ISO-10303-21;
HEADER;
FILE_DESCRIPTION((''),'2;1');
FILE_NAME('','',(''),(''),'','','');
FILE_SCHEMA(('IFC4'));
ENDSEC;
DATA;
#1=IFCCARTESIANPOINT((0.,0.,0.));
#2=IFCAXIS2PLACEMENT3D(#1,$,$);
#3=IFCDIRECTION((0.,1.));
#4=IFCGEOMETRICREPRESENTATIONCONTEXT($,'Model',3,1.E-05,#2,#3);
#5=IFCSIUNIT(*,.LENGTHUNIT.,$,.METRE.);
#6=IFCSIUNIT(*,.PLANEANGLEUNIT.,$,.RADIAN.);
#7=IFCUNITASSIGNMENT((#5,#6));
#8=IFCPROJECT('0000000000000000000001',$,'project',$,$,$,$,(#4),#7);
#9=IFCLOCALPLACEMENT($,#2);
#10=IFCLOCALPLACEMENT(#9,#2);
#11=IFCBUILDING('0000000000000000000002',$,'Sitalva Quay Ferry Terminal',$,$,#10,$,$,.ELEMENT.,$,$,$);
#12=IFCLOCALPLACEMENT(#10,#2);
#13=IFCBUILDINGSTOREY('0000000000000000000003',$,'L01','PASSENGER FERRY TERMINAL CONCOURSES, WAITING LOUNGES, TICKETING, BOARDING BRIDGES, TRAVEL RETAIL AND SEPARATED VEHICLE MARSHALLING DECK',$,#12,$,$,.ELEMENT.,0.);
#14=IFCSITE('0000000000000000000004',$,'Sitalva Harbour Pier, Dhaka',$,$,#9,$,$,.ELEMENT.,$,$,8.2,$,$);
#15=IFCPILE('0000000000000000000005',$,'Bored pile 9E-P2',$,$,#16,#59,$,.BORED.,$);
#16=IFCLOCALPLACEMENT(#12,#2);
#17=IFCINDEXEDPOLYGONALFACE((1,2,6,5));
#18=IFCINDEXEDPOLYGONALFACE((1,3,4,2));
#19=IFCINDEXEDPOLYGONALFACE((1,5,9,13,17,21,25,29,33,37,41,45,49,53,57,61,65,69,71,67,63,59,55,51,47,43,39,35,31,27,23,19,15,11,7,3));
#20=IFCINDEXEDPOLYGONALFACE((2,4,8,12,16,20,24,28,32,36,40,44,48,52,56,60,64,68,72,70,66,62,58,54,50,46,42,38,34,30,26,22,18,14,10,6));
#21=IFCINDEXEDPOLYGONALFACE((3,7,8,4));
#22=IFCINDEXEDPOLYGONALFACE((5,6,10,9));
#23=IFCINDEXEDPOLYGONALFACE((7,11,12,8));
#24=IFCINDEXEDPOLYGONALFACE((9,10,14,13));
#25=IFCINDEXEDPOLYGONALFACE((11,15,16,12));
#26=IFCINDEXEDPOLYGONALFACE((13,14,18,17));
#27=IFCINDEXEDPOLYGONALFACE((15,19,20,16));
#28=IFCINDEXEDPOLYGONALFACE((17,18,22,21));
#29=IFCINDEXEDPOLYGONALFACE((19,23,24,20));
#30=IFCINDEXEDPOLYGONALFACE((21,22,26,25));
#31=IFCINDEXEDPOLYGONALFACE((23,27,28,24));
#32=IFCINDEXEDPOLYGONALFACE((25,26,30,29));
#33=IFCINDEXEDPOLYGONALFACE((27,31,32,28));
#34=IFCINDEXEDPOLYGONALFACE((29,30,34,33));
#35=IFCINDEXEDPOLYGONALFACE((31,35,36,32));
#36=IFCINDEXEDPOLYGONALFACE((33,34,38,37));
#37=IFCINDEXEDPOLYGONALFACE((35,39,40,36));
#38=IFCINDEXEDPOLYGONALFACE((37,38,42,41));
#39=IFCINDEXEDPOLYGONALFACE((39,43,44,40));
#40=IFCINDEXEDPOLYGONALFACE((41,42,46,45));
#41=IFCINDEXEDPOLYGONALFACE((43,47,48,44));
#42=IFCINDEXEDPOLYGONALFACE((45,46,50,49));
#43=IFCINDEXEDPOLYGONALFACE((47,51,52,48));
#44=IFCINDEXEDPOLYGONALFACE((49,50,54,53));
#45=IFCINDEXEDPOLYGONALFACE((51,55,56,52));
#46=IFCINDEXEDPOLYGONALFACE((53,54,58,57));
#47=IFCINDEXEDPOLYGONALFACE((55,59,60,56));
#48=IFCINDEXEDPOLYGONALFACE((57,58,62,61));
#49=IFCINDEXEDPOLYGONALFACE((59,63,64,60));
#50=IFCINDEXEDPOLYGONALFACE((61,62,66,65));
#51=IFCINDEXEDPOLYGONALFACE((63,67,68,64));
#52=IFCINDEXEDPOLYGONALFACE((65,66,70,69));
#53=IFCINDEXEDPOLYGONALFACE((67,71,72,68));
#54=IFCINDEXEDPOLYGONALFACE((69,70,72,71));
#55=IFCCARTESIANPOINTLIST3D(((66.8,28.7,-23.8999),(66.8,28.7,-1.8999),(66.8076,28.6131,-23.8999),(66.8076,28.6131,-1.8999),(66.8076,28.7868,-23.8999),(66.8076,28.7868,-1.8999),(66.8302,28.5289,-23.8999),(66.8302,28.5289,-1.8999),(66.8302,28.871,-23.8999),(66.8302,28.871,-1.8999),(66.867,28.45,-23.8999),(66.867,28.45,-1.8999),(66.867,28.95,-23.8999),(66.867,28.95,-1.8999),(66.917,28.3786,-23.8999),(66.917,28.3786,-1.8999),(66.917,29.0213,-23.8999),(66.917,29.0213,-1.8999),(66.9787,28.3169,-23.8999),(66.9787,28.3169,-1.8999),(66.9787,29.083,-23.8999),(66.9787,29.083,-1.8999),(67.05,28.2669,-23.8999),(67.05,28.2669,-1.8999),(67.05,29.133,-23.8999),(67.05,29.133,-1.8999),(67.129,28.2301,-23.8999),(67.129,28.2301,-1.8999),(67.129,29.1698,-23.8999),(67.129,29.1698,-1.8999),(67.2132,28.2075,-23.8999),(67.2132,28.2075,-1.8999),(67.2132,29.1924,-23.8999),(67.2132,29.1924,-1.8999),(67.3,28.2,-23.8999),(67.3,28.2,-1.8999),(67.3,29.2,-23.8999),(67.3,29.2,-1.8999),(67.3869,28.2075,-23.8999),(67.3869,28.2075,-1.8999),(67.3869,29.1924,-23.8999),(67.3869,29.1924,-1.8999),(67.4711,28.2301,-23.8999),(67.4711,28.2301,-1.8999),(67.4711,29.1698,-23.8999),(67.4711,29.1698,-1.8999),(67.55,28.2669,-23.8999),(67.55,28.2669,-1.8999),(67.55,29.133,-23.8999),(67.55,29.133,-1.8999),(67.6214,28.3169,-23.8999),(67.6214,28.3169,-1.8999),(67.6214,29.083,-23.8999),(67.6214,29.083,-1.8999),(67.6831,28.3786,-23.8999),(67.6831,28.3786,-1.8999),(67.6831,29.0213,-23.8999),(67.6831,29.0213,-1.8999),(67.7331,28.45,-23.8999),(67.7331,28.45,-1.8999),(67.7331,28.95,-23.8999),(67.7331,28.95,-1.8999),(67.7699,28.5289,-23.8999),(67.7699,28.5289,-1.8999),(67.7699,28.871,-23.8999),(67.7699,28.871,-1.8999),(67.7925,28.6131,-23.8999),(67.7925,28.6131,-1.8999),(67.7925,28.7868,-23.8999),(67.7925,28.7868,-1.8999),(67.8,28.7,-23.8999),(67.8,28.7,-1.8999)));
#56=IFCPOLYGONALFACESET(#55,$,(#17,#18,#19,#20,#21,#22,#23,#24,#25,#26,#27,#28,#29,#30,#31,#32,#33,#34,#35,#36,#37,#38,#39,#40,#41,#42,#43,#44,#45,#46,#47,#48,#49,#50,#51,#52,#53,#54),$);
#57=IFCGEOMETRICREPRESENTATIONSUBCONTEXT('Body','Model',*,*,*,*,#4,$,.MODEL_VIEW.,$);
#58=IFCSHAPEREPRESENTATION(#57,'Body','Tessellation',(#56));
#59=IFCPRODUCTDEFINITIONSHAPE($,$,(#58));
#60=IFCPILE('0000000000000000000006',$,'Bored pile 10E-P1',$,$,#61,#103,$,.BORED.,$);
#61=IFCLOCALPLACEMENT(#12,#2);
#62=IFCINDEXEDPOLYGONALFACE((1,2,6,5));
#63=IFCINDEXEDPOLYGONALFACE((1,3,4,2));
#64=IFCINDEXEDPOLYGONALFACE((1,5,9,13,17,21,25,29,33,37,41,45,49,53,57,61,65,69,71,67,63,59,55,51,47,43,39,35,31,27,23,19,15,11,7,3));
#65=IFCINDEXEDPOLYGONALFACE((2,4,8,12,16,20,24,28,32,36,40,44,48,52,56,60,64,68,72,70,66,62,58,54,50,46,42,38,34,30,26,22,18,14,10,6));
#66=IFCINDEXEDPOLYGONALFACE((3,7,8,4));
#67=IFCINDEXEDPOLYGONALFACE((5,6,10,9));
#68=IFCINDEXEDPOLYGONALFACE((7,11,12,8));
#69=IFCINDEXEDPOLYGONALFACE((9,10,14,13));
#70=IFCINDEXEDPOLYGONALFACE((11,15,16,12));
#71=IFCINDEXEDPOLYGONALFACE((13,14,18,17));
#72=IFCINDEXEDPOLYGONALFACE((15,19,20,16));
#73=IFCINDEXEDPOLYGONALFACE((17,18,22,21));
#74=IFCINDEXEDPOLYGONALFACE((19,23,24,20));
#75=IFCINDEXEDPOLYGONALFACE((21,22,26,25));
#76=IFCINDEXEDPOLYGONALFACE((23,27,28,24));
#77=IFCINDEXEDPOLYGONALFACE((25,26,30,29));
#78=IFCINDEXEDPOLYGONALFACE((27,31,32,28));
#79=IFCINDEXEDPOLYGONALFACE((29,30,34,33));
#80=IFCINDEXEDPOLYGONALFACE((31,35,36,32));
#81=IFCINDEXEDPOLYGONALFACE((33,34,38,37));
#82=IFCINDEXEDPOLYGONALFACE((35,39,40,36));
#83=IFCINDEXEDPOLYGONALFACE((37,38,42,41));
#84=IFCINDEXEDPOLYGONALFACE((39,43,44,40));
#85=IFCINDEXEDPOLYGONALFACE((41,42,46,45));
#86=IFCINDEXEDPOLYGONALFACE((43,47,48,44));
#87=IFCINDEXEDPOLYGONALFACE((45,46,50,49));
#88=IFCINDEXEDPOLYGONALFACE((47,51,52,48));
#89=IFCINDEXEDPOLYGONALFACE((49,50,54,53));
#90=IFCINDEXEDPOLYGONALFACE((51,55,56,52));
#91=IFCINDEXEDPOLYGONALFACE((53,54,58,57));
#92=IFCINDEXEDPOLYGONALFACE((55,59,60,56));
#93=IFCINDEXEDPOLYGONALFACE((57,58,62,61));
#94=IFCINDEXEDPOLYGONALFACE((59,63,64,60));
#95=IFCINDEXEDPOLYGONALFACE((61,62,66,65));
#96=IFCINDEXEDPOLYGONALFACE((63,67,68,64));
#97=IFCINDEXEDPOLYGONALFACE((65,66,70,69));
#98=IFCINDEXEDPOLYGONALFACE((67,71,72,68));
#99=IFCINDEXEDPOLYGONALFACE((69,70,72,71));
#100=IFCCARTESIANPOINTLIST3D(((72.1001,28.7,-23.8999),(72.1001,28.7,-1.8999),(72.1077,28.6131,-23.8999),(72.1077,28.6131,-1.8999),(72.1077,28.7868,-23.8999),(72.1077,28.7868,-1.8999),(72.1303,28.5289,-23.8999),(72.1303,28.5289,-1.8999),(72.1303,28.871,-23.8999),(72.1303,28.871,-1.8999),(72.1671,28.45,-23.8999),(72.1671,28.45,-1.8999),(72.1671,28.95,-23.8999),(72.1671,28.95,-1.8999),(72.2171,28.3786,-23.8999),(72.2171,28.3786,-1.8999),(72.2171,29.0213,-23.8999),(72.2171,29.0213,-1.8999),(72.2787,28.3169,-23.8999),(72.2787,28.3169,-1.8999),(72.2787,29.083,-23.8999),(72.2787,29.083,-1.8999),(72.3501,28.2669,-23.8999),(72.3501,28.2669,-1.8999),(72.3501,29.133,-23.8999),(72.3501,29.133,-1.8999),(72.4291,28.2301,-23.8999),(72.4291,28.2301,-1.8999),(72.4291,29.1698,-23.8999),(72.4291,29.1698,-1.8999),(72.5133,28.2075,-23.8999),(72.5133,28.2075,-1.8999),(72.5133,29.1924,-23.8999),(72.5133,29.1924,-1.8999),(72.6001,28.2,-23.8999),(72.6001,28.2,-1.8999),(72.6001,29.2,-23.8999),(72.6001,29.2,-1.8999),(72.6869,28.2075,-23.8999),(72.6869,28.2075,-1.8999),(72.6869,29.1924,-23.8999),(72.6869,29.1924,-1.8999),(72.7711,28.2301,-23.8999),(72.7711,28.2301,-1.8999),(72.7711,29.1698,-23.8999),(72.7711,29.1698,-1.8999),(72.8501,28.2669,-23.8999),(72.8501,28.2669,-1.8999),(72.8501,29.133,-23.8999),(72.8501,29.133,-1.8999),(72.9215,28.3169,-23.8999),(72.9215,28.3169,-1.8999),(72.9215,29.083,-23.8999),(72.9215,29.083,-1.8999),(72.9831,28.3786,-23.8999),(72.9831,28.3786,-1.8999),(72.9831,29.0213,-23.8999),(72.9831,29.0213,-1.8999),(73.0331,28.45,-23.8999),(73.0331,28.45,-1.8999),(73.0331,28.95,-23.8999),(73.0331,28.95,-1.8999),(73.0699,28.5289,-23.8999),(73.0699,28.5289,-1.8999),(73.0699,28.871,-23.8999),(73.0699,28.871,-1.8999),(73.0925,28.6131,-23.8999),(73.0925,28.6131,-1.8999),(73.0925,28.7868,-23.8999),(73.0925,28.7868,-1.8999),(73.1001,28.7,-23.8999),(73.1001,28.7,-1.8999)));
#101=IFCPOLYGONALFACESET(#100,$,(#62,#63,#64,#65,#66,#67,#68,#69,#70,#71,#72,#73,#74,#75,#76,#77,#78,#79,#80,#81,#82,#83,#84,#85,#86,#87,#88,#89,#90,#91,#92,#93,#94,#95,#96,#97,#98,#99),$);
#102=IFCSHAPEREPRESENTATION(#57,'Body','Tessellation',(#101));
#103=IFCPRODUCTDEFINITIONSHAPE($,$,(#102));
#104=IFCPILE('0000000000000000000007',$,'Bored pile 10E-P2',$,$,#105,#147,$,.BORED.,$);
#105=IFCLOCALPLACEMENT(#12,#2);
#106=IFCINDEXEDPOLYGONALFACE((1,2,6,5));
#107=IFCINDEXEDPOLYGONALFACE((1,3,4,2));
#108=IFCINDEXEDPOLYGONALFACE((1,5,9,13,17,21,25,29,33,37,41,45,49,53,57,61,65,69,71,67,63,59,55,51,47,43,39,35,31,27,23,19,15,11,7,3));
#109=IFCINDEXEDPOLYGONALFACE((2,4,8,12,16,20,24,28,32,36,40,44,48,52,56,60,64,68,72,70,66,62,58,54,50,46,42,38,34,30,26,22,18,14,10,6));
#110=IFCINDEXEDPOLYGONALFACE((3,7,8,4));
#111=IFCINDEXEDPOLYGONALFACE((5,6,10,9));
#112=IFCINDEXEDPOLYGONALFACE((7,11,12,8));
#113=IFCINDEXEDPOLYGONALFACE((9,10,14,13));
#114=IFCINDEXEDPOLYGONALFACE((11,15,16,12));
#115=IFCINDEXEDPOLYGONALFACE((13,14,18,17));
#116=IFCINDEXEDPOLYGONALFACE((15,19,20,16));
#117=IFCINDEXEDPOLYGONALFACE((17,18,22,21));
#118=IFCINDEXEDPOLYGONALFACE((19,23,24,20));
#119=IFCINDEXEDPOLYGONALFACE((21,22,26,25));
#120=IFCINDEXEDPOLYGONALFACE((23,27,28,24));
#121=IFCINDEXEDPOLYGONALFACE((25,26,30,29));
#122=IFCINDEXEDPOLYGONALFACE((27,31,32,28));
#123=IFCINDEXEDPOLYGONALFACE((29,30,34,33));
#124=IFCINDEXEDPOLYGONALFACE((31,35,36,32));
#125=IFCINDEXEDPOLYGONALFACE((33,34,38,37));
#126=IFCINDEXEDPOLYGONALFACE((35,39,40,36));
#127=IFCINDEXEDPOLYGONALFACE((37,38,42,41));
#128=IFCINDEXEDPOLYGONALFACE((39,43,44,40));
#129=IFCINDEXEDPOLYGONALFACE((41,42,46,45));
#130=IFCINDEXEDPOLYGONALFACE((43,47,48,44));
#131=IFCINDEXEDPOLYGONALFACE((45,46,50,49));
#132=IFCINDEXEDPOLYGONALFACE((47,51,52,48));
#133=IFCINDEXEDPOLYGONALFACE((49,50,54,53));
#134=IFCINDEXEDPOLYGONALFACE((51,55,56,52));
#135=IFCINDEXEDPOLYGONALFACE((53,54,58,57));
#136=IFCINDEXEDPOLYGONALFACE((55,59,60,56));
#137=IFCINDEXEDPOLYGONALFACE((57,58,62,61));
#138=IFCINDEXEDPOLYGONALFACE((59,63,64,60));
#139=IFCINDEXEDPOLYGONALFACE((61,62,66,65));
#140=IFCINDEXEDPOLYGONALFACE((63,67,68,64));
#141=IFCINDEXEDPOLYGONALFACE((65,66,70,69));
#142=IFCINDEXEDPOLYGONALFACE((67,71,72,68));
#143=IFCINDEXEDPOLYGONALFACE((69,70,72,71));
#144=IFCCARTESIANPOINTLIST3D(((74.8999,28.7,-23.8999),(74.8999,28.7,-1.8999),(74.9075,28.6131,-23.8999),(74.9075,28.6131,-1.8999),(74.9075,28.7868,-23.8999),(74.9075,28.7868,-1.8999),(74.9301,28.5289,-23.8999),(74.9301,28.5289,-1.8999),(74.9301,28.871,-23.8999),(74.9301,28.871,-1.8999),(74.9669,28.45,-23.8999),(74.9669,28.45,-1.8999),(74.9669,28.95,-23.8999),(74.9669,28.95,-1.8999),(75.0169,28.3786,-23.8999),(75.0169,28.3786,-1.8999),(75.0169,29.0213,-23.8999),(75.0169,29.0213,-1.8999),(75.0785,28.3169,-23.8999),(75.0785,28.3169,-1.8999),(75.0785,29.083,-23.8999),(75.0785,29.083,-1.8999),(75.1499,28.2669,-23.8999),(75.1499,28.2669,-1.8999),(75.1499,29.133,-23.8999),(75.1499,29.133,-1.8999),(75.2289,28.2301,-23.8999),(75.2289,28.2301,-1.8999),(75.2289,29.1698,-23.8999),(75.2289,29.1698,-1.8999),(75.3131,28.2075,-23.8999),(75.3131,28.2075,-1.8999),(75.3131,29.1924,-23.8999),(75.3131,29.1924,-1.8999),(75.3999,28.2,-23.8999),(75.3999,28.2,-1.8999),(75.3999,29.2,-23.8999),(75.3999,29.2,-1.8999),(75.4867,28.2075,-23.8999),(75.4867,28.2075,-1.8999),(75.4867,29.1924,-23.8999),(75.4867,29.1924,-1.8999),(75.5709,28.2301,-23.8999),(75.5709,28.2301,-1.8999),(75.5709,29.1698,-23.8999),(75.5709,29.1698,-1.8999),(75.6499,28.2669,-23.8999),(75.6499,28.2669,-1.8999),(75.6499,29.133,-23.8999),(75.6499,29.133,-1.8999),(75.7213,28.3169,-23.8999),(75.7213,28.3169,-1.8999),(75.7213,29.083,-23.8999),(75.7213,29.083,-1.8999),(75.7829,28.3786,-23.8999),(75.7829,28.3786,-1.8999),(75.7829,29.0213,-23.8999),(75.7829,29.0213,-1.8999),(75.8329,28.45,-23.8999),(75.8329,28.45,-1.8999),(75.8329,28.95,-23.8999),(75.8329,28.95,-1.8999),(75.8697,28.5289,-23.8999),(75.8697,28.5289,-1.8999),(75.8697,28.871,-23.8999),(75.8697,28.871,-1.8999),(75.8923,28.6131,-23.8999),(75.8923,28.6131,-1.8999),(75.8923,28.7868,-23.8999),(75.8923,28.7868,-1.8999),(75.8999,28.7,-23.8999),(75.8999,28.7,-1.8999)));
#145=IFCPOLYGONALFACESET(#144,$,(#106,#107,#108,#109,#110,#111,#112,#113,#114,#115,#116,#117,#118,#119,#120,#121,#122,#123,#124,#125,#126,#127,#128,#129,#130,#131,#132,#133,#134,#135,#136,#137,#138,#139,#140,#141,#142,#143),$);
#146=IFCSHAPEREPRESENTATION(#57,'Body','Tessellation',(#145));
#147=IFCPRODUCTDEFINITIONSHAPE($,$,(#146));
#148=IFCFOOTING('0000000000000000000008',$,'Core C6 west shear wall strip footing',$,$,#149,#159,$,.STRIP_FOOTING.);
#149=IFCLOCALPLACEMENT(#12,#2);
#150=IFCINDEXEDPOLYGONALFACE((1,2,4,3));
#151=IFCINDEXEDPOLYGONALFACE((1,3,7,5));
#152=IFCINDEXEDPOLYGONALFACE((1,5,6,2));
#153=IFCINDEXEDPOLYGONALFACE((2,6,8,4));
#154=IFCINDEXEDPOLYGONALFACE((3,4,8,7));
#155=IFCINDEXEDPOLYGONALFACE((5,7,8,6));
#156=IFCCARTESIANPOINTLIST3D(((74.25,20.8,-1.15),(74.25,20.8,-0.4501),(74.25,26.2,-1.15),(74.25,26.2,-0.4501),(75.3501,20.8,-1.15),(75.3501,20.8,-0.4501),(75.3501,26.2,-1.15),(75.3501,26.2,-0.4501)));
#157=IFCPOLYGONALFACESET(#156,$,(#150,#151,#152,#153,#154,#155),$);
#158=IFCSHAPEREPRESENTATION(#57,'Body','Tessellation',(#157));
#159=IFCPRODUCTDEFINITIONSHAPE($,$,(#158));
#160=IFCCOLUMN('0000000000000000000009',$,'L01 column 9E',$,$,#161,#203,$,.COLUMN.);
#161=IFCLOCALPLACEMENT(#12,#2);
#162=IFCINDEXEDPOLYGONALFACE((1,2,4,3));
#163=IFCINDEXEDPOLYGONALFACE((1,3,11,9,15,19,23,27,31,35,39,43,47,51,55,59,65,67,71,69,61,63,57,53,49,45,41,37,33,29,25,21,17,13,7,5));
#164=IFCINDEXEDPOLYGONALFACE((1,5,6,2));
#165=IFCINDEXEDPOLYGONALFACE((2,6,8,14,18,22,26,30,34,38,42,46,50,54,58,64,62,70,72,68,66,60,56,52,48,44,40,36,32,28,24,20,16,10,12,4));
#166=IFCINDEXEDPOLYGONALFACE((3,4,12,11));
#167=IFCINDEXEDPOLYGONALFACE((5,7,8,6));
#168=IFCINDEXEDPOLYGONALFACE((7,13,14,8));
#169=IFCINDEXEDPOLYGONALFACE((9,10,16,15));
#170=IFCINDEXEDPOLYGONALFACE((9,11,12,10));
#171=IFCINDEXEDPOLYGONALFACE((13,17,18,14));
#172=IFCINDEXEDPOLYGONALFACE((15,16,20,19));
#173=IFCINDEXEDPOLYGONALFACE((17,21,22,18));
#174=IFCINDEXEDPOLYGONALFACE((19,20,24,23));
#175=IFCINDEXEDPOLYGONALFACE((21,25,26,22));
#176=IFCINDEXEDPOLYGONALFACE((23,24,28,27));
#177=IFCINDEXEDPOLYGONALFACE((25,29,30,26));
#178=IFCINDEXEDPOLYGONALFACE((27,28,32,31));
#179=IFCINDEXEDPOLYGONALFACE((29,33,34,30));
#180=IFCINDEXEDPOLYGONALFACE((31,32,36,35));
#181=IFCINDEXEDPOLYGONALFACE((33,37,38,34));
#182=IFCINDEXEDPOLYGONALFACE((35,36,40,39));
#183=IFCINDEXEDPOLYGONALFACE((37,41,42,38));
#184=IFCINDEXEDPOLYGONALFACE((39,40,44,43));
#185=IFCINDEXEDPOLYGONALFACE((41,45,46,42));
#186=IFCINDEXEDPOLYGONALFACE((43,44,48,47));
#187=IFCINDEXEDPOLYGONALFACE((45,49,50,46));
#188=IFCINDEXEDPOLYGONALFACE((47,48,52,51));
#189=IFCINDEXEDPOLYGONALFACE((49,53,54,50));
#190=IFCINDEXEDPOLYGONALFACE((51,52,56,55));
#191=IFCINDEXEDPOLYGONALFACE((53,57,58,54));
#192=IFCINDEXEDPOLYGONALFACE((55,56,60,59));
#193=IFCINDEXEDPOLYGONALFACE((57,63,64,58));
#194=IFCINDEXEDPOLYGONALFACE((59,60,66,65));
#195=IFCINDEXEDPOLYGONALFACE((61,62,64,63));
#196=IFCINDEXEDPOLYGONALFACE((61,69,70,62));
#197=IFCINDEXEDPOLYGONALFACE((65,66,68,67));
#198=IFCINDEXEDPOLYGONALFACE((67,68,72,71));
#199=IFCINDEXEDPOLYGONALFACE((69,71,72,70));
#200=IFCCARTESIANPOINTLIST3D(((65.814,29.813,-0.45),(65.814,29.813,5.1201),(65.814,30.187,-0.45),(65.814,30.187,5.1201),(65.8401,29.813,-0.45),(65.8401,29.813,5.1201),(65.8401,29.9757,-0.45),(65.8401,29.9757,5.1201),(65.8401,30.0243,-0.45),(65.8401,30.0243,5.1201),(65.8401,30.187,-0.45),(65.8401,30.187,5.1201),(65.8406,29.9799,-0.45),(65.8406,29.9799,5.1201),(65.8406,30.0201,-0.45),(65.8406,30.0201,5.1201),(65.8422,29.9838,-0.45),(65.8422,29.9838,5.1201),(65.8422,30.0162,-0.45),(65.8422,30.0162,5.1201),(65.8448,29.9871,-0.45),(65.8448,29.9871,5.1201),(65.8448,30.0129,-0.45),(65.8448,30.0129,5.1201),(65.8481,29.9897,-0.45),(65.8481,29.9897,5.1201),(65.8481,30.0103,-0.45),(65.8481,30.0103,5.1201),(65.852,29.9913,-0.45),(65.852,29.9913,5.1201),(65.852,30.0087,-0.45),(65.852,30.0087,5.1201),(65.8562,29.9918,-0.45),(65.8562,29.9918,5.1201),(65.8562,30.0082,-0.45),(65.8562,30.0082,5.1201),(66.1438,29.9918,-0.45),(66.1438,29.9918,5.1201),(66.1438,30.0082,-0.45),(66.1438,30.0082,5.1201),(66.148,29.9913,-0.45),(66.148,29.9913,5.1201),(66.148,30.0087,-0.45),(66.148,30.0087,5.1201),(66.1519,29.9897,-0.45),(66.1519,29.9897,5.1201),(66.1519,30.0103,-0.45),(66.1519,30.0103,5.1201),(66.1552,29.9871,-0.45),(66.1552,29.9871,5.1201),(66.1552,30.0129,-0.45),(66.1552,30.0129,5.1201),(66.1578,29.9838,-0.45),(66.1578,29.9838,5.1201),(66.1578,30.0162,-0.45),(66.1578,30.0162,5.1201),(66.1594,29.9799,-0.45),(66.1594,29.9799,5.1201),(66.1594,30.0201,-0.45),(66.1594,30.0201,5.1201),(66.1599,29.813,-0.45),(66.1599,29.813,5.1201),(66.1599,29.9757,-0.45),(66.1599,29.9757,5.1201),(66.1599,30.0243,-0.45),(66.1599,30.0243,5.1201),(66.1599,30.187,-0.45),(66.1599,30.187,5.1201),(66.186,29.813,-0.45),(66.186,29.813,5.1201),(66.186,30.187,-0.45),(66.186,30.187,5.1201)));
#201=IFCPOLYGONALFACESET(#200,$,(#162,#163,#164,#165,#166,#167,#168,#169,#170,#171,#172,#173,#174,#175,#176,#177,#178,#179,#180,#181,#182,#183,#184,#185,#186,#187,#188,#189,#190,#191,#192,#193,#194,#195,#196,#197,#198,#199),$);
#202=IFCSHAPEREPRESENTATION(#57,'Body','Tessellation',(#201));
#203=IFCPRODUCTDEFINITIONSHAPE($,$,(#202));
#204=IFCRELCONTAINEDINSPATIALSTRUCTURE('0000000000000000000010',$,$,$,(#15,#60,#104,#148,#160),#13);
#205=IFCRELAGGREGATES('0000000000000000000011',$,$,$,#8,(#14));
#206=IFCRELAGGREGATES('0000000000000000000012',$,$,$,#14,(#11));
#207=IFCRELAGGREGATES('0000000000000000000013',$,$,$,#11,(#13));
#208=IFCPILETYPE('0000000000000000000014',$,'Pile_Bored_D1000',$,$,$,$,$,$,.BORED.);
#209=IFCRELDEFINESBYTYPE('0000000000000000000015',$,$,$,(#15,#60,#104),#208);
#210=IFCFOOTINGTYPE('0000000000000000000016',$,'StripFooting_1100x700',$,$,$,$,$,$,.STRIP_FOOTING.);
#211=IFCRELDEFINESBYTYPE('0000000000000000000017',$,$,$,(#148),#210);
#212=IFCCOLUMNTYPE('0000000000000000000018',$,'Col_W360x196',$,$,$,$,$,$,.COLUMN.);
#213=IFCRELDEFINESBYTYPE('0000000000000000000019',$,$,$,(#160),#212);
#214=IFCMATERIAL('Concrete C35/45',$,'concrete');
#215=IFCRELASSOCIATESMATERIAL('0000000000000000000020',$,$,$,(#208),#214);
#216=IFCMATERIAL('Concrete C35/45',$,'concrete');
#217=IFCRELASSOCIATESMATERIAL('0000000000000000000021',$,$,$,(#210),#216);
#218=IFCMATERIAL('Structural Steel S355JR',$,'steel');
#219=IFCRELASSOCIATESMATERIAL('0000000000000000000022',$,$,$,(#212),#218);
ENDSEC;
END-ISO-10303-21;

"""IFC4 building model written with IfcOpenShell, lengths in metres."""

from ifc_helpers import new_model, si_unit, direction, frame, origin, origin_2d, place, context, subcontext, project, spatial, rectangle, circle, i_section, extrude, material, material_profile, profile_set, type_object, element, save


model = new_model("IFC4")

# Units and contexts
model_context = context("Model", 3, precision=1e-05, world=origin(), true_north=direction((0.0, 1.0)))
body_context = subcontext(model_context, "Body", "Model", "MODEL_VIEW")
ifc_project = project(units=[si_unit("LENGTHUNIT", "METRE"), si_unit("PLANEANGLEUNIT", "RADIAN")], contexts=[model_context])

# Site, building, storey
site_placement = place(None, origin())
site = spatial("IfcSite", under=ifc_project, at=site_placement, Name="Sitalva Harbour Pier, Dhaka", CompositionType="ELEMENT", RefElevation=8.2)
building_placement = place(site_placement, origin())
building = spatial("IfcBuilding", under=site, at=building_placement, Name="Sitalva Quay Ferry Terminal", CompositionType="ELEMENT")
storey_placement = place(building_placement, origin())
storey = spatial("IfcBuildingStorey", under=building, at=storey_placement, Name="L01", Description="PASSENGER FERRY TERMINAL CONCOURSES, WAITING LOUNGES, TICKETING, BOARDING BRIDGES, TRAVEL RETAIL AND SEPARATED VEHICLE MARSHALLING DECK", CompositionType="ELEMENT", Elevation=0.0)

# Piles
ifc_material_1 = material(Name="Concrete C35/45", Category="concrete")
ifc_material_profile_1 = material_profile(ifc_material_1, circle(Radius=0.5, at=origin_2d()), Name="PILE-D1000")
ifc_profile_set_1 = profile_set([ifc_material_profile_1], Name="Concrete C35/45")
pile_type = type_object("IfcPileType", Name="Pile_Bored_D1000", PredefinedType="BORED", material=ifc_profile_set_1)
for number, where, z_axis, x_axis, name in (
    (1, (67.3, 28.7, -1.8999), (0.0, 0.0, -1.0), (1.0, 0.0, 0.0), "Bored pile 9E-P2"),
    (2, (72.6001, 28.7, -1.8999), (0.0, 0.0, -1.0), (1.0, 0.0, 0.0), "Bored pile 10E-P1"),
    (3, (75.3999, 28.7, -1.8999), (0.0, 0.0, -1.0), (1.0, 0.0, 0.0), "Bored pile 10E-P2"),
):
    element("IfcPile", number, at=place(storey_placement, frame(where, z_axis=z_axis, x_axis=x_axis)), inside=storey, type_object=pile_type, Name=name, PredefinedType="BORED", context=body_context, shape_type="SweptSolid", body=[
        extrude(circle(Radius=0.5, at=origin_2d()), origin(), (0.0, 0.0, 1.0), 22.0),
    ])

# Footing
ifc_material_2 = material(Name="Concrete C35/45", Category="concrete")
ifc_material_profile_2 = material_profile(ifc_material_2, rectangle(XDim=1.1001, YDim=0.7, at=origin_2d()), Name="RC1100x700")
ifc_profile_set_2 = profile_set([ifc_material_profile_2], Name="Concrete C35/45")
footing_type_1 = type_object("IfcFootingType", Name="StripFooting_1100x700", PredefinedType="STRIP_FOOTING", material=ifc_profile_set_2)
footing_1_placement = place(storey_placement, frame((74.8, 20.8, -0.8), z_axis=(0.0, 1.0, 0.0), x_axis=(-1.0, 0.0, 0.0)))
element("IfcFooting", 4, at=footing_1_placement, inside=storey, type_object=footing_type_1, Name="Core C6 west shear wall strip footing", PredefinedType="STRIP_FOOTING", context=body_context, shape_type="SweptSolid", body=[
    extrude(rectangle(XDim=1.1001, YDim=0.7, at=origin_2d()), origin(), (0.0, 0.0, 1.0), 5.3999),
])

# Column
ifc_material_3 = material(Name="Structural Steel S355JR", Category="steel")
ifc_material_profile_3 = material_profile(ifc_material_3, i_section(OverallWidth=0.374, OverallDepth=0.3721, WebThickness=0.0164, FlangeThickness=0.0261, FilletRadius=0.0161, at=origin_2d()), Name="W360x196")
ifc_profile_set_3 = profile_set([ifc_material_profile_3], Name="Structural Steel S355JR")
column_type = type_object("IfcColumnType", Name="Col_W360x196", PredefinedType="COLUMN", material=ifc_profile_set_3)
column_placement = place(storey_placement, frame((66.0, 30.0, -0.45), z_axis=(0.0, 0.0, 1.0), x_axis=(0.0, 1.0, 0.0)))
element("IfcColumn", 5, at=column_placement, inside=storey, type_object=column_type, Name="L01 column 9E", PredefinedType="COLUMN", context=body_context, shape_type="SweptSolid", body=[
    extrude(i_section(OverallWidth=0.374, OverallDepth=0.3721, WebThickness=0.0164, FlangeThickness=0.0261, FilletRadius=0.0161, at=origin_2d()), origin(), (0.0, 0.0, 1.0), 5.5701),
])

save(model, "model.ifc")
